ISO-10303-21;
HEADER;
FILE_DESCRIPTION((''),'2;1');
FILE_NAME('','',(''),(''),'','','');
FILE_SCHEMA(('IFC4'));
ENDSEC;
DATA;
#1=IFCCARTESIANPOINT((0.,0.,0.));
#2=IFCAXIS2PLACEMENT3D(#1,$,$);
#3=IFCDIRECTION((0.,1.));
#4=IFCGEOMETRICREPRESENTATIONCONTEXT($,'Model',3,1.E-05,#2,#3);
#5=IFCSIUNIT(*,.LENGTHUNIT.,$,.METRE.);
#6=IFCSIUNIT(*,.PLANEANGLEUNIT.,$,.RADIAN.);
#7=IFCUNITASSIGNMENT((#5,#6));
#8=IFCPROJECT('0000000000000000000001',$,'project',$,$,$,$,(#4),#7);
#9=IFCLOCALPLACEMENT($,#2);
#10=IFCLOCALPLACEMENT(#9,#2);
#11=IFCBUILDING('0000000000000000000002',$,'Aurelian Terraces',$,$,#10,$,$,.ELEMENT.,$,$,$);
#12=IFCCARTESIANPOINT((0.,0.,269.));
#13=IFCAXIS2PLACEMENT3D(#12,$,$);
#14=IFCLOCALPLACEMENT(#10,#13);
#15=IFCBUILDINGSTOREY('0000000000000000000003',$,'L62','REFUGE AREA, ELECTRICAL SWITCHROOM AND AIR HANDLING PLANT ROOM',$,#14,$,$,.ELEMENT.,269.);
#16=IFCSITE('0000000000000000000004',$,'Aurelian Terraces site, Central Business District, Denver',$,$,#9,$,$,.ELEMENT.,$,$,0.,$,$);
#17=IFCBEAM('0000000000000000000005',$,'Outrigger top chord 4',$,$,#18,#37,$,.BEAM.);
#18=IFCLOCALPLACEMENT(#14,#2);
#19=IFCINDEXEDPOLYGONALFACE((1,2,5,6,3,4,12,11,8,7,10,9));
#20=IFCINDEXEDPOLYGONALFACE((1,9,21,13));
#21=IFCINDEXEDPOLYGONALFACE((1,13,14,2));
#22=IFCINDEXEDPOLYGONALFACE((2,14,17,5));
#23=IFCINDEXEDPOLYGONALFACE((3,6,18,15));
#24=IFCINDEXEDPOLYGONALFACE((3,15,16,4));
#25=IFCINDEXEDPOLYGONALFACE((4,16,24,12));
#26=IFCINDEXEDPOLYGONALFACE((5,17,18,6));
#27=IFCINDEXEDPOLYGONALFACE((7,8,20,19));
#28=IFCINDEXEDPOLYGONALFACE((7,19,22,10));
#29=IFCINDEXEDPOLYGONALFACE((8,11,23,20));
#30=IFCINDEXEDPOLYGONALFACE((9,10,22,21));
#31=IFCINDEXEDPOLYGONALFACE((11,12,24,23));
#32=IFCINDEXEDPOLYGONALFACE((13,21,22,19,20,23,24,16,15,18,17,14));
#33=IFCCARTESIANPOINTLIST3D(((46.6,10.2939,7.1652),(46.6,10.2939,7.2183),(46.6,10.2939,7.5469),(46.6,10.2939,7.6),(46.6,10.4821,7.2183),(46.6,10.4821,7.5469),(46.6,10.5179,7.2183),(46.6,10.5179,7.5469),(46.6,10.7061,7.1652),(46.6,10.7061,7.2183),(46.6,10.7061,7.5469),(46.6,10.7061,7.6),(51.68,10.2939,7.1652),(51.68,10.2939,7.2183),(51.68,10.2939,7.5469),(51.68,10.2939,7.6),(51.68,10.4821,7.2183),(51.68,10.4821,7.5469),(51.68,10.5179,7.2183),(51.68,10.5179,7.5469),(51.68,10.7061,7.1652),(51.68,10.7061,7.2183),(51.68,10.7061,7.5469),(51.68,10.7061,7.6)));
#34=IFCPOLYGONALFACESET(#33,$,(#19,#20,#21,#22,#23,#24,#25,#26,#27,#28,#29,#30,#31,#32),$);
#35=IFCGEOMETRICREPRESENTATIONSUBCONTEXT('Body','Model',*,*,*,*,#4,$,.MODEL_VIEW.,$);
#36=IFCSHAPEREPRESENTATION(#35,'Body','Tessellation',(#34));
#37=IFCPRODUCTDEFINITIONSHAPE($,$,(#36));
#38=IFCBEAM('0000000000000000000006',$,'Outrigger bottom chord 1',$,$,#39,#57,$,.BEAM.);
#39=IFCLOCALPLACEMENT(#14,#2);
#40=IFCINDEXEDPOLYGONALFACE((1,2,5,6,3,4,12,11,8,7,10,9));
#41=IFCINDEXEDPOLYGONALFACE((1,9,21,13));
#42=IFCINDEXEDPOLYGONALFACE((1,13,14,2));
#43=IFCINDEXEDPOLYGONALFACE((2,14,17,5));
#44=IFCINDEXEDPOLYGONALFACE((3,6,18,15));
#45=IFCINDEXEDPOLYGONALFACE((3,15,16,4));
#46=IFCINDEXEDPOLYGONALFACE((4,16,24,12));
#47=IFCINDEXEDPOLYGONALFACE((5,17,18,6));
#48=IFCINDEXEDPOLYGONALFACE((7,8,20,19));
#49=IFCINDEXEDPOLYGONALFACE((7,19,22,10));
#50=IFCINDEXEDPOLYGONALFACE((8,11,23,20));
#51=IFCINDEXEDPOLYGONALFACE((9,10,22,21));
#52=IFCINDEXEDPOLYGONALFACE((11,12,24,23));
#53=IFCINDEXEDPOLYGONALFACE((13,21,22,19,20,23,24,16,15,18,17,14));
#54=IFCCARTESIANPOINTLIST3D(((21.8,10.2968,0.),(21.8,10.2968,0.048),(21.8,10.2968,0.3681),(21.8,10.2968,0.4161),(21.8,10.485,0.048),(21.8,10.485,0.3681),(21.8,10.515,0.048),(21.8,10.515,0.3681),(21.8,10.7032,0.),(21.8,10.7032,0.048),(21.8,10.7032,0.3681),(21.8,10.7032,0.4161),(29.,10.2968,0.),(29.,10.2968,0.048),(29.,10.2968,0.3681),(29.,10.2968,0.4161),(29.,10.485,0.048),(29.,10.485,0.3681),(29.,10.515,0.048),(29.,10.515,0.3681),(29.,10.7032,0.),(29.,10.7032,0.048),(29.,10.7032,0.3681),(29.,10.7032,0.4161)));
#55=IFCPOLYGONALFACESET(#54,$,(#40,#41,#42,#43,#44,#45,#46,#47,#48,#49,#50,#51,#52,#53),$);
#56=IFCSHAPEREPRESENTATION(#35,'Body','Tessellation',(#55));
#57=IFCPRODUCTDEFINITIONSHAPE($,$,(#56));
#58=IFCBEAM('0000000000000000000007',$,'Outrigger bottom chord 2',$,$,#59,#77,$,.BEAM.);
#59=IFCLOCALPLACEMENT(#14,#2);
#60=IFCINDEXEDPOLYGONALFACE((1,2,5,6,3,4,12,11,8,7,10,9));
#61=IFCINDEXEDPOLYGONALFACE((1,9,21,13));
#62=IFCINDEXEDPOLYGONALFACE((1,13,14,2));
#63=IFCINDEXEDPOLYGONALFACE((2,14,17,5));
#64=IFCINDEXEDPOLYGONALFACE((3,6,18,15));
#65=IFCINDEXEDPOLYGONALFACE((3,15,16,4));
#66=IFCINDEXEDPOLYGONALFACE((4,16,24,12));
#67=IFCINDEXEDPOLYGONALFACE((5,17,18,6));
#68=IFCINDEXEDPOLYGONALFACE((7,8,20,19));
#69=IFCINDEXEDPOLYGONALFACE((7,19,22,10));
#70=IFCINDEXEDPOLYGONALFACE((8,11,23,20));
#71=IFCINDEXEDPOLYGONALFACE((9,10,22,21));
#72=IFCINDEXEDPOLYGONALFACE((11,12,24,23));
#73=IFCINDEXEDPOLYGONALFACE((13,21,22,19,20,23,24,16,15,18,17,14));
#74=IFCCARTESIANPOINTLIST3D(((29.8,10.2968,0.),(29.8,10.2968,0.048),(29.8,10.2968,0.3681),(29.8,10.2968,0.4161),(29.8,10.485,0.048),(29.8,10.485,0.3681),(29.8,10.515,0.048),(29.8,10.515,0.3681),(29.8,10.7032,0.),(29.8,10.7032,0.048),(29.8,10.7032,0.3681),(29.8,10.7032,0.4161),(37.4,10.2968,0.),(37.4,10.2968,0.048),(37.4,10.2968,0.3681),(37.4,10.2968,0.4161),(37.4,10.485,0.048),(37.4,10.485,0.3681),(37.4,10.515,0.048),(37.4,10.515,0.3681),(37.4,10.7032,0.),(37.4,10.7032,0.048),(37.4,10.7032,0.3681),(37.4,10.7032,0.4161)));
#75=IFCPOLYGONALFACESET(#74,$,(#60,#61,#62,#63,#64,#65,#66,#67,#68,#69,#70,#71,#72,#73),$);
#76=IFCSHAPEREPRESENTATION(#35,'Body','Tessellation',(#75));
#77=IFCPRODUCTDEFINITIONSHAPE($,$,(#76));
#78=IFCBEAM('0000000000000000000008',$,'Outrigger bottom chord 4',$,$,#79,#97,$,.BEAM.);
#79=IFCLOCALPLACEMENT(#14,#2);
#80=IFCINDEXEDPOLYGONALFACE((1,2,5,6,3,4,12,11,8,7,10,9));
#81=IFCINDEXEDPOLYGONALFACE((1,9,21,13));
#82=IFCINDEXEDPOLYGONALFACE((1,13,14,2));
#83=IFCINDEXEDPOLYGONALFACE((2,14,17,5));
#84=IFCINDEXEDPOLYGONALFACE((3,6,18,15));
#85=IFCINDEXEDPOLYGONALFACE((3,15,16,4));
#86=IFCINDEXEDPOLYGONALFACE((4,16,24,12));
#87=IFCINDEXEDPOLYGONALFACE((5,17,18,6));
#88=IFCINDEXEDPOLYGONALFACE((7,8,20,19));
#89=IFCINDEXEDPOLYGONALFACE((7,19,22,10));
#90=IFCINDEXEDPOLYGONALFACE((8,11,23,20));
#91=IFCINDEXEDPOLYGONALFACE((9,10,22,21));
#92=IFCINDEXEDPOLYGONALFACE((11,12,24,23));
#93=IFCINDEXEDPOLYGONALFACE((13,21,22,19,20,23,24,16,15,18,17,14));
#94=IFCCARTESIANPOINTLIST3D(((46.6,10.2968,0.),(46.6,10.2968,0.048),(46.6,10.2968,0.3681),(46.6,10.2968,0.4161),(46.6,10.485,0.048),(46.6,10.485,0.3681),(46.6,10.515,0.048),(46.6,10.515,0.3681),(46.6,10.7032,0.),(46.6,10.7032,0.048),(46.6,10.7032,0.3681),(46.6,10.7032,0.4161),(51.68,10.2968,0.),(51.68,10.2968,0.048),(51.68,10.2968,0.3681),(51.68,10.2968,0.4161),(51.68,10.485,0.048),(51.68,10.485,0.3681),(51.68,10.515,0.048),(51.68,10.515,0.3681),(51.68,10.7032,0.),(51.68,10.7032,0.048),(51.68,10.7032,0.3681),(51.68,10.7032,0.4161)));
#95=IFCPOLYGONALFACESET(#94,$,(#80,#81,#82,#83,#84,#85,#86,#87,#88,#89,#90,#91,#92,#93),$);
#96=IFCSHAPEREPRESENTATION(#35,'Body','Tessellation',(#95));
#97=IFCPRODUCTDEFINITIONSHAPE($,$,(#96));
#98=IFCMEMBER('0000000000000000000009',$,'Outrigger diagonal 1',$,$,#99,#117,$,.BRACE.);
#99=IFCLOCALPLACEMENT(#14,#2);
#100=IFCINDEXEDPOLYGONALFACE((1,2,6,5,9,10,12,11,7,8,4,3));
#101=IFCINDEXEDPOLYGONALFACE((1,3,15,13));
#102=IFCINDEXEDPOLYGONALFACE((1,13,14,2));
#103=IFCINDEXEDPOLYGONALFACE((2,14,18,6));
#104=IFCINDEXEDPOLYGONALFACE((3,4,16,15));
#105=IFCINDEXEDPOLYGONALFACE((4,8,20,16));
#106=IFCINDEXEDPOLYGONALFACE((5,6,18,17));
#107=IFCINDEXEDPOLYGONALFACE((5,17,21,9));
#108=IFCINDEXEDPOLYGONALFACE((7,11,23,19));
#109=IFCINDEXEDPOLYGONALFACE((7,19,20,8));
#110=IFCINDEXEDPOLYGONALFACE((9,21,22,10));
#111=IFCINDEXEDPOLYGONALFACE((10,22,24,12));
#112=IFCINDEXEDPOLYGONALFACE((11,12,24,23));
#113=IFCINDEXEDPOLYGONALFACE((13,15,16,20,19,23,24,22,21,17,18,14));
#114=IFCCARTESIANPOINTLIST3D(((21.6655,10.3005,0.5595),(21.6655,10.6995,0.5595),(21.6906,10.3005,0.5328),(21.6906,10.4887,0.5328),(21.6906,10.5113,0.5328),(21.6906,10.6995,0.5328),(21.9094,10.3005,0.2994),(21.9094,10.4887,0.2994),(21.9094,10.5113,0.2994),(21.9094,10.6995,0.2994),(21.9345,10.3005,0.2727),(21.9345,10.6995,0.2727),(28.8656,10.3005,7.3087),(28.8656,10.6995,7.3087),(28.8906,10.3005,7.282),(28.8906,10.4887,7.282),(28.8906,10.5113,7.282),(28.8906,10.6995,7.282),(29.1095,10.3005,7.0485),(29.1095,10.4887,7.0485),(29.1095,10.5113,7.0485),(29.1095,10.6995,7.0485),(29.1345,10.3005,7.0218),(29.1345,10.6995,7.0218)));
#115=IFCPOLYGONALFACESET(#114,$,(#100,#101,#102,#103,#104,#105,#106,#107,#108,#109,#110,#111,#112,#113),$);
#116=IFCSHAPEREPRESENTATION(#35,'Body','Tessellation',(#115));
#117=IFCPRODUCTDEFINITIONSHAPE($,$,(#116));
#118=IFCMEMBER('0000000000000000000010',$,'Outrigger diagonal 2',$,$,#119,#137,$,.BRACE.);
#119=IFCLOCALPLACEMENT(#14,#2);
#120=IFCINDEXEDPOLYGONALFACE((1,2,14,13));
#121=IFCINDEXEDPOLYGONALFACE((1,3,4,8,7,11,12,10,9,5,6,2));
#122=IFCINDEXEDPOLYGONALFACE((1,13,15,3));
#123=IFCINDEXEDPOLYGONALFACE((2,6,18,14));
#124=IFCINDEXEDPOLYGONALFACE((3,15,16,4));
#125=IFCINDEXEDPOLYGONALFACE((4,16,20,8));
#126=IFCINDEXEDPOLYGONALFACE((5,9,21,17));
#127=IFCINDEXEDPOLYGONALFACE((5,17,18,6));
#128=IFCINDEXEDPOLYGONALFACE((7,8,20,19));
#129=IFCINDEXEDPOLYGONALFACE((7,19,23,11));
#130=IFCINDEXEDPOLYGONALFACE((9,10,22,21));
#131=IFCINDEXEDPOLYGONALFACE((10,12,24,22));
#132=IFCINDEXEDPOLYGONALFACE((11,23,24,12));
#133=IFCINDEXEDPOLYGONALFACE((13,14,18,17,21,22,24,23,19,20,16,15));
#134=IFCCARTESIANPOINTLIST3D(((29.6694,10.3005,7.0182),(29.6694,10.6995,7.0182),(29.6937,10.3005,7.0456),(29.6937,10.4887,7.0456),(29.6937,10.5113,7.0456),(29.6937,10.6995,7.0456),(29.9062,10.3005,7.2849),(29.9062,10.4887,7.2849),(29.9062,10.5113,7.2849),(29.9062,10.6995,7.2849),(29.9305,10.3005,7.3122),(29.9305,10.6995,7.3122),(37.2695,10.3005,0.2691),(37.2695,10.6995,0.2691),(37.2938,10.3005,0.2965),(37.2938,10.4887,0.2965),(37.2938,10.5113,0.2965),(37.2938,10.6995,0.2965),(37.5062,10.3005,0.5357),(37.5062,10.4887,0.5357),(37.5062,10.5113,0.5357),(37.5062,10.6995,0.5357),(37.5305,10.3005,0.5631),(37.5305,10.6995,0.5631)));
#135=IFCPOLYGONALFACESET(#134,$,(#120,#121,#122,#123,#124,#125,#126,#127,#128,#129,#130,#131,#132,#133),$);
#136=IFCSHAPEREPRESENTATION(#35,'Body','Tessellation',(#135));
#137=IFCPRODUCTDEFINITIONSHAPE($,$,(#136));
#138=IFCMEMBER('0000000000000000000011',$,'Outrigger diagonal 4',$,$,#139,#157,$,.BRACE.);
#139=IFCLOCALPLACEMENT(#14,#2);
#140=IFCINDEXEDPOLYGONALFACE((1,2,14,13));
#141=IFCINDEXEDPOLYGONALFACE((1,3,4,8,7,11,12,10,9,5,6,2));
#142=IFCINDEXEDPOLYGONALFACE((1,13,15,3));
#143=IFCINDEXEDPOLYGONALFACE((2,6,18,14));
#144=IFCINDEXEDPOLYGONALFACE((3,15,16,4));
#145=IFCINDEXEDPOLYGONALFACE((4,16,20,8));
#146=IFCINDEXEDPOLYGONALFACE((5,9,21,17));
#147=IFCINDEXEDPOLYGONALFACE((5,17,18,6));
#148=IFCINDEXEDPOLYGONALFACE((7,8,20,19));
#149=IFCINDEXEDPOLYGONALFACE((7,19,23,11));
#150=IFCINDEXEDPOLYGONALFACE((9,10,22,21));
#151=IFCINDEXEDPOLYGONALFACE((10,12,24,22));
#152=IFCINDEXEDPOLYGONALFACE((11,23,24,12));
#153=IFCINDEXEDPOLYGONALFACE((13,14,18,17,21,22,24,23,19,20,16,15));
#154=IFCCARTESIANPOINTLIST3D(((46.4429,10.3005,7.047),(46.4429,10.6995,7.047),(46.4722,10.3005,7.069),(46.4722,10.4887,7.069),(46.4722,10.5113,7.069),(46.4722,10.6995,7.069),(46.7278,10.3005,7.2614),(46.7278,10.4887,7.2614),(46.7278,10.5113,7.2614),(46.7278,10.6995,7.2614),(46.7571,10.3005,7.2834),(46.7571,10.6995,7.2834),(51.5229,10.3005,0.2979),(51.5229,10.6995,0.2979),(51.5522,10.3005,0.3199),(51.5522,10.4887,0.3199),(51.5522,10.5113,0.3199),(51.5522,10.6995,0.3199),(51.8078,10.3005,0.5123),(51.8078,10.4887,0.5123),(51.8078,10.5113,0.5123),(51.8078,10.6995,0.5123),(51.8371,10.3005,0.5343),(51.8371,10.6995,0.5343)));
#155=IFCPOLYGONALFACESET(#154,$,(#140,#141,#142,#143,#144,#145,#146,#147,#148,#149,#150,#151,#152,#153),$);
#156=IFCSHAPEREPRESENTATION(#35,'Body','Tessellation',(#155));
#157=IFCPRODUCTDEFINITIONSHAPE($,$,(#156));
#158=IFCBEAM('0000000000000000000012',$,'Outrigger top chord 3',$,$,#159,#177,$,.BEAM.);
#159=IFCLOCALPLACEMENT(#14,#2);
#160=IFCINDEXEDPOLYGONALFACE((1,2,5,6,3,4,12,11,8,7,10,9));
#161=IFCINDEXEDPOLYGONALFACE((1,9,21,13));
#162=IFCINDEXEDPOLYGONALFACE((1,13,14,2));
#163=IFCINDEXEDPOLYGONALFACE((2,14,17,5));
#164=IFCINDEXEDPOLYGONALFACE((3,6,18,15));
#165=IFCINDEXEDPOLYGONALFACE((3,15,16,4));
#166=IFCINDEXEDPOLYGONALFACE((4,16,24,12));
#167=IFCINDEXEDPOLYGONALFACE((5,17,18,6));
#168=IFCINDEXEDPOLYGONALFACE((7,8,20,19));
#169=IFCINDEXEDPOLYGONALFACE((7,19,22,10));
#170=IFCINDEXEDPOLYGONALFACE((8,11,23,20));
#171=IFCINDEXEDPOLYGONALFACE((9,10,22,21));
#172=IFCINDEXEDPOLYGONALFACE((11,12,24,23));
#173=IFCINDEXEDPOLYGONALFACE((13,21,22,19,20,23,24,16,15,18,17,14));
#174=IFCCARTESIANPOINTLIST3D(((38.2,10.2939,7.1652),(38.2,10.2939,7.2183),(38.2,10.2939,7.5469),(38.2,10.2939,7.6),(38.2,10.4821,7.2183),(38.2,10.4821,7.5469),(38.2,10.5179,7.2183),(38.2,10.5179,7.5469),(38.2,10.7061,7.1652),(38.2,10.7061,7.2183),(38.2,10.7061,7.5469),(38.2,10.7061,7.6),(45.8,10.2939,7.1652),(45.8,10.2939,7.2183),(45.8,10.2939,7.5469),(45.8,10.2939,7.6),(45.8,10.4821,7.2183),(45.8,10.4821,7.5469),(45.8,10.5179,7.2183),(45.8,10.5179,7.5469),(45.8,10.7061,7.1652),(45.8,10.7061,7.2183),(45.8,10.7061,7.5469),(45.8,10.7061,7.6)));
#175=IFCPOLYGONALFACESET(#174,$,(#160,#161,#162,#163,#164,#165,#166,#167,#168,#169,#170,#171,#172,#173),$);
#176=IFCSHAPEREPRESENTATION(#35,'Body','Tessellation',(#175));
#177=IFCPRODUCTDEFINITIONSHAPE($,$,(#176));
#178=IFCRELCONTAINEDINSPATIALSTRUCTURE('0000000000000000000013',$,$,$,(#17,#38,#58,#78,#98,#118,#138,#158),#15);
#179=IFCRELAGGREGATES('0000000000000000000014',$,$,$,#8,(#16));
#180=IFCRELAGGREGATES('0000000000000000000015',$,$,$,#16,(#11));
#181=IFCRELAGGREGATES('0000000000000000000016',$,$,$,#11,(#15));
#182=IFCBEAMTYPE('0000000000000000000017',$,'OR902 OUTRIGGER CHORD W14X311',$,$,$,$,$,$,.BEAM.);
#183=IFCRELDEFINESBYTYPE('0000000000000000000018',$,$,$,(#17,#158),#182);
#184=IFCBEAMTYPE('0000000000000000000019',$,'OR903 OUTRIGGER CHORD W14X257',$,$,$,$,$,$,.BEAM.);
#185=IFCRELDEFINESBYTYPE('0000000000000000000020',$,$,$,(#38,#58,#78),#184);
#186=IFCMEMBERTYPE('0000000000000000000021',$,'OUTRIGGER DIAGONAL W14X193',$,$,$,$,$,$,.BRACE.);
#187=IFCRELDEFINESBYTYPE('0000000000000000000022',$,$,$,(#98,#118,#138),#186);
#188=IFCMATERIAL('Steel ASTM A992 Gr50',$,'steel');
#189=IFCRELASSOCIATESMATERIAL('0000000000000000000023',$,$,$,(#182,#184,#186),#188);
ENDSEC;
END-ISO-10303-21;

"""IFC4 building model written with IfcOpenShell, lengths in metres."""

from ifc_helpers import new_model, si_unit, direction, frame, origin, origin_2d, place, context, subcontext, project, spatial, i_section, extrude, source, transform, mapped, material, material_profile, profile_set, type_object, element, save


model = new_model("IFC4")

# Units and contexts
model_context = context("Model", 3, precision=1e-05, world=origin(), true_north=direction((0.0, 1.0)))
body_context = subcontext(model_context, "Body", "Model", "MODEL_VIEW")
ifc_project = project(units=[si_unit("LENGTHUNIT", "METRE"), si_unit("PLANEANGLEUNIT", "RADIAN")], contexts=[model_context])

# Site, building, storey
site_placement = place(None, origin())
site = spatial("IfcSite", under=ifc_project, at=site_placement, Name="Aurelian Terraces site, Central Business District, Denver", CompositionType="ELEMENT", RefElevation=0.0)
building_placement = place(site_placement, origin())
building = spatial("IfcBuilding", under=site, at=building_placement, Name="Aurelian Terraces", CompositionType="ELEMENT")
storey_placement = place(building_placement, frame((0.0, 0.0, 269.0)))
storey = spatial("IfcBuildingStorey", under=building, at=storey_placement, Name="L62", Description="REFUGE AREA, ELECTRICAL SWITCHROOM AND AIR HANDLING PLANT ROOM", CompositionType="ELEMENT", Elevation=269.0)

# Shared definitions
ifc_material_1 = material(Name="Steel ASTM A992 Gr50", Category="steel")

# Beams
ifc_material_profile_1 = material_profile(ifc_material_1, i_section(OverallWidth=0.4122, OverallDepth=0.4348, WebThickness=0.0358, FlangeThickness=0.0531, at=origin_2d()))
ifc_profile_set_1 = profile_set([ifc_material_profile_1], Name="Steel ASTM A992 Gr50")
beam_type_1 = type_object("IfcBeamType", Name="OR902 OUTRIGGER CHORD W14X311", PredefinedType="BEAM", material=ifc_profile_set_1)
beam_1_placement = place(storey_placement, frame((46.6, 10.5, 7.3826), z_axis=(1.0, 0.0, 0.0), x_axis=(0.0, 1.0, 0.0)))
element("IfcBeam", 1, at=beam_1_placement, inside=storey, type_object=beam_type_1, Name="Outrigger top chord 4", PredefinedType="BEAM", context=body_context, shape_type="SweptSolid", body=[
    extrude(i_section(OverallWidth=0.4122, OverallDepth=0.4348, WebThickness=0.0358, FlangeThickness=0.0531, at=origin_2d()), origin(), (0.0, 0.0, 1.0), 5.08),
])
ifc_material_profile_2 = material_profile(ifc_material_1, i_section(OverallWidth=0.4063, OverallDepth=0.4161, WebThickness=0.03, FlangeThickness=0.048, at=origin_2d()))
ifc_profile_set_2 = profile_set([ifc_material_profile_2], Name="Steel ASTM A992 Gr50")
beam_type_2 = type_object("IfcBeamType", Name="OR903 OUTRIGGER CHORD W14X257", PredefinedType="BEAM", material=ifc_profile_set_2)
beam_2_placement = place(storey_placement, frame((21.8, 10.5, 0.208), z_axis=(1.0, 0.0, 0.0), x_axis=(0.0, 1.0, 0.0)))
element("IfcBeam", 2, at=beam_2_placement, inside=storey, type_object=beam_type_2, Name="Outrigger bottom chord 1", PredefinedType="BEAM", context=body_context, shape_type="SweptSolid", body=[
    extrude(i_section(OverallWidth=0.4063, OverallDepth=0.4161, WebThickness=0.03, FlangeThickness=0.048, at=origin_2d()), origin(), (0.0, 0.0, 1.0), 7.2),
])
beam_3_placement = place(storey_placement, frame((29.8, 10.5, 0.208), z_axis=(1.0, 0.0, 0.0), x_axis=(0.0, 1.0, 0.0)))
element("IfcBeam", 3, at=beam_3_placement, inside=storey, type_object=beam_type_2, Name="Outrigger bottom chord 2", PredefinedType="BEAM", context=body_context, shape_type="SweptSolid", body=[
    extrude(i_section(OverallWidth=0.4063, OverallDepth=0.4161, WebThickness=0.03, FlangeThickness=0.048, at=origin_2d()), origin(), (0.0, 0.0, 1.0), 7.6),
])
beam_4_placement = place(storey_placement, frame((46.6, 10.5, 0.208), z_axis=(1.0, 0.0, 0.0), x_axis=(0.0, 1.0, 0.0)))
element("IfcBeam", 4, at=beam_4_placement, inside=storey, type_object=beam_type_2, Name="Outrigger bottom chord 4", PredefinedType="BEAM", context=body_context, shape_type="SweptSolid", body=[
    extrude(i_section(OverallWidth=0.4063, OverallDepth=0.4161, WebThickness=0.03, FlangeThickness=0.048, at=origin_2d()), origin(), (0.0, 0.0, 1.0), 5.08),
])

# Members
ifc_material_profile_3 = material_profile(ifc_material_1, i_section(OverallWidth=0.399, OverallDepth=0.3932, WebThickness=0.0226, FlangeThickness=0.0366, at=origin_2d()))
ifc_profile_set_3 = profile_set([ifc_material_profile_3], Name="Steel ASTM A992 Gr50")
member_type_1 = type_object("IfcMemberType", Name="OUTRIGGER DIAGONAL W14X193", PredefinedType="BRACE", material=ifc_profile_set_3)
member_1_placement = place(storey_placement, frame((21.8, 10.5, 0.4161), z_axis=(0.729583, 0.0, 0.683893), x_axis=(0.0, 1.0, 0.0)))
element("IfcMember", 5, at=member_1_placement, inside=storey, type_object=member_type_1, Name="Outrigger diagonal 1", PredefinedType="BRACE", context=body_context, shape_type="SweptSolid", body=[
    extrude(i_section(OverallWidth=0.399, OverallDepth=0.3932, WebThickness=0.0226, FlangeThickness=0.0366, at=origin_2d()), origin(), (0.0, 0.0, 1.0), 9.8687),
])
member_2_placement = place(storey_placement, frame((37.4, 10.5, 0.4161), z_axis=(-0.747725, 0.0, 0.664009), x_axis=(0.0, -1.0, 0.0)))
element("IfcMember", 6, at=member_2_placement, inside=storey, type_object=member_type_1, Name="Outrigger diagonal 2", PredefinedType="BRACE", context=body_context, shape_type="SweptSolid", body=[
    extrude(i_section(OverallWidth=0.399, OverallDepth=0.3932, WebThickness=0.0226, FlangeThickness=0.0366, at=origin_2d()), origin(), (0.0, 0.0, 1.0), 10.1642),
])
member_3_placement = place(storey_placement, frame((51.68, 10.5, 0.4161), z_axis=(-0.601376, 0.0, 0.798966), x_axis=(0.0, -1.0, 0.0)))
element("IfcMember", 7, at=member_3_placement, inside=storey, type_object=member_type_1, Name="Outrigger diagonal 4", PredefinedType="BRACE", context=body_context, shape_type="SweptSolid", body=[
    extrude(i_section(OverallWidth=0.399, OverallDepth=0.3932, WebThickness=0.0226, FlangeThickness=0.0366, at=origin_2d()), origin(), (0.0, 0.0, 1.0), 8.4473),
])

# Beam
shared_shape_1 = source(origin(), body_context, "Body", "SweptSolid", [
    extrude(i_section(OverallWidth=0.4122, OverallDepth=0.4348, WebThickness=0.0358, FlangeThickness=0.0531, at=origin_2d()), origin(), (0.0, 0.0, 1.0), 7.6),
])
beam_5_placement = place(storey_placement, frame((38.2, 10.5, 7.3826), z_axis=(1.0, 0.0, 0.0), x_axis=(0.0, 1.0, 0.0)))
element("IfcBeam", 8, at=beam_5_placement, inside=storey, type_object=beam_type_1, Name="Outrigger top chord 3", PredefinedType="BEAM", context=body_context, shape_type="MappedRepresentation", body=[
    mapped(shared_shape_1, transform((0.0, 0.0, 0.0), scale=1.0)),
])

save(model, "model.ifc")
